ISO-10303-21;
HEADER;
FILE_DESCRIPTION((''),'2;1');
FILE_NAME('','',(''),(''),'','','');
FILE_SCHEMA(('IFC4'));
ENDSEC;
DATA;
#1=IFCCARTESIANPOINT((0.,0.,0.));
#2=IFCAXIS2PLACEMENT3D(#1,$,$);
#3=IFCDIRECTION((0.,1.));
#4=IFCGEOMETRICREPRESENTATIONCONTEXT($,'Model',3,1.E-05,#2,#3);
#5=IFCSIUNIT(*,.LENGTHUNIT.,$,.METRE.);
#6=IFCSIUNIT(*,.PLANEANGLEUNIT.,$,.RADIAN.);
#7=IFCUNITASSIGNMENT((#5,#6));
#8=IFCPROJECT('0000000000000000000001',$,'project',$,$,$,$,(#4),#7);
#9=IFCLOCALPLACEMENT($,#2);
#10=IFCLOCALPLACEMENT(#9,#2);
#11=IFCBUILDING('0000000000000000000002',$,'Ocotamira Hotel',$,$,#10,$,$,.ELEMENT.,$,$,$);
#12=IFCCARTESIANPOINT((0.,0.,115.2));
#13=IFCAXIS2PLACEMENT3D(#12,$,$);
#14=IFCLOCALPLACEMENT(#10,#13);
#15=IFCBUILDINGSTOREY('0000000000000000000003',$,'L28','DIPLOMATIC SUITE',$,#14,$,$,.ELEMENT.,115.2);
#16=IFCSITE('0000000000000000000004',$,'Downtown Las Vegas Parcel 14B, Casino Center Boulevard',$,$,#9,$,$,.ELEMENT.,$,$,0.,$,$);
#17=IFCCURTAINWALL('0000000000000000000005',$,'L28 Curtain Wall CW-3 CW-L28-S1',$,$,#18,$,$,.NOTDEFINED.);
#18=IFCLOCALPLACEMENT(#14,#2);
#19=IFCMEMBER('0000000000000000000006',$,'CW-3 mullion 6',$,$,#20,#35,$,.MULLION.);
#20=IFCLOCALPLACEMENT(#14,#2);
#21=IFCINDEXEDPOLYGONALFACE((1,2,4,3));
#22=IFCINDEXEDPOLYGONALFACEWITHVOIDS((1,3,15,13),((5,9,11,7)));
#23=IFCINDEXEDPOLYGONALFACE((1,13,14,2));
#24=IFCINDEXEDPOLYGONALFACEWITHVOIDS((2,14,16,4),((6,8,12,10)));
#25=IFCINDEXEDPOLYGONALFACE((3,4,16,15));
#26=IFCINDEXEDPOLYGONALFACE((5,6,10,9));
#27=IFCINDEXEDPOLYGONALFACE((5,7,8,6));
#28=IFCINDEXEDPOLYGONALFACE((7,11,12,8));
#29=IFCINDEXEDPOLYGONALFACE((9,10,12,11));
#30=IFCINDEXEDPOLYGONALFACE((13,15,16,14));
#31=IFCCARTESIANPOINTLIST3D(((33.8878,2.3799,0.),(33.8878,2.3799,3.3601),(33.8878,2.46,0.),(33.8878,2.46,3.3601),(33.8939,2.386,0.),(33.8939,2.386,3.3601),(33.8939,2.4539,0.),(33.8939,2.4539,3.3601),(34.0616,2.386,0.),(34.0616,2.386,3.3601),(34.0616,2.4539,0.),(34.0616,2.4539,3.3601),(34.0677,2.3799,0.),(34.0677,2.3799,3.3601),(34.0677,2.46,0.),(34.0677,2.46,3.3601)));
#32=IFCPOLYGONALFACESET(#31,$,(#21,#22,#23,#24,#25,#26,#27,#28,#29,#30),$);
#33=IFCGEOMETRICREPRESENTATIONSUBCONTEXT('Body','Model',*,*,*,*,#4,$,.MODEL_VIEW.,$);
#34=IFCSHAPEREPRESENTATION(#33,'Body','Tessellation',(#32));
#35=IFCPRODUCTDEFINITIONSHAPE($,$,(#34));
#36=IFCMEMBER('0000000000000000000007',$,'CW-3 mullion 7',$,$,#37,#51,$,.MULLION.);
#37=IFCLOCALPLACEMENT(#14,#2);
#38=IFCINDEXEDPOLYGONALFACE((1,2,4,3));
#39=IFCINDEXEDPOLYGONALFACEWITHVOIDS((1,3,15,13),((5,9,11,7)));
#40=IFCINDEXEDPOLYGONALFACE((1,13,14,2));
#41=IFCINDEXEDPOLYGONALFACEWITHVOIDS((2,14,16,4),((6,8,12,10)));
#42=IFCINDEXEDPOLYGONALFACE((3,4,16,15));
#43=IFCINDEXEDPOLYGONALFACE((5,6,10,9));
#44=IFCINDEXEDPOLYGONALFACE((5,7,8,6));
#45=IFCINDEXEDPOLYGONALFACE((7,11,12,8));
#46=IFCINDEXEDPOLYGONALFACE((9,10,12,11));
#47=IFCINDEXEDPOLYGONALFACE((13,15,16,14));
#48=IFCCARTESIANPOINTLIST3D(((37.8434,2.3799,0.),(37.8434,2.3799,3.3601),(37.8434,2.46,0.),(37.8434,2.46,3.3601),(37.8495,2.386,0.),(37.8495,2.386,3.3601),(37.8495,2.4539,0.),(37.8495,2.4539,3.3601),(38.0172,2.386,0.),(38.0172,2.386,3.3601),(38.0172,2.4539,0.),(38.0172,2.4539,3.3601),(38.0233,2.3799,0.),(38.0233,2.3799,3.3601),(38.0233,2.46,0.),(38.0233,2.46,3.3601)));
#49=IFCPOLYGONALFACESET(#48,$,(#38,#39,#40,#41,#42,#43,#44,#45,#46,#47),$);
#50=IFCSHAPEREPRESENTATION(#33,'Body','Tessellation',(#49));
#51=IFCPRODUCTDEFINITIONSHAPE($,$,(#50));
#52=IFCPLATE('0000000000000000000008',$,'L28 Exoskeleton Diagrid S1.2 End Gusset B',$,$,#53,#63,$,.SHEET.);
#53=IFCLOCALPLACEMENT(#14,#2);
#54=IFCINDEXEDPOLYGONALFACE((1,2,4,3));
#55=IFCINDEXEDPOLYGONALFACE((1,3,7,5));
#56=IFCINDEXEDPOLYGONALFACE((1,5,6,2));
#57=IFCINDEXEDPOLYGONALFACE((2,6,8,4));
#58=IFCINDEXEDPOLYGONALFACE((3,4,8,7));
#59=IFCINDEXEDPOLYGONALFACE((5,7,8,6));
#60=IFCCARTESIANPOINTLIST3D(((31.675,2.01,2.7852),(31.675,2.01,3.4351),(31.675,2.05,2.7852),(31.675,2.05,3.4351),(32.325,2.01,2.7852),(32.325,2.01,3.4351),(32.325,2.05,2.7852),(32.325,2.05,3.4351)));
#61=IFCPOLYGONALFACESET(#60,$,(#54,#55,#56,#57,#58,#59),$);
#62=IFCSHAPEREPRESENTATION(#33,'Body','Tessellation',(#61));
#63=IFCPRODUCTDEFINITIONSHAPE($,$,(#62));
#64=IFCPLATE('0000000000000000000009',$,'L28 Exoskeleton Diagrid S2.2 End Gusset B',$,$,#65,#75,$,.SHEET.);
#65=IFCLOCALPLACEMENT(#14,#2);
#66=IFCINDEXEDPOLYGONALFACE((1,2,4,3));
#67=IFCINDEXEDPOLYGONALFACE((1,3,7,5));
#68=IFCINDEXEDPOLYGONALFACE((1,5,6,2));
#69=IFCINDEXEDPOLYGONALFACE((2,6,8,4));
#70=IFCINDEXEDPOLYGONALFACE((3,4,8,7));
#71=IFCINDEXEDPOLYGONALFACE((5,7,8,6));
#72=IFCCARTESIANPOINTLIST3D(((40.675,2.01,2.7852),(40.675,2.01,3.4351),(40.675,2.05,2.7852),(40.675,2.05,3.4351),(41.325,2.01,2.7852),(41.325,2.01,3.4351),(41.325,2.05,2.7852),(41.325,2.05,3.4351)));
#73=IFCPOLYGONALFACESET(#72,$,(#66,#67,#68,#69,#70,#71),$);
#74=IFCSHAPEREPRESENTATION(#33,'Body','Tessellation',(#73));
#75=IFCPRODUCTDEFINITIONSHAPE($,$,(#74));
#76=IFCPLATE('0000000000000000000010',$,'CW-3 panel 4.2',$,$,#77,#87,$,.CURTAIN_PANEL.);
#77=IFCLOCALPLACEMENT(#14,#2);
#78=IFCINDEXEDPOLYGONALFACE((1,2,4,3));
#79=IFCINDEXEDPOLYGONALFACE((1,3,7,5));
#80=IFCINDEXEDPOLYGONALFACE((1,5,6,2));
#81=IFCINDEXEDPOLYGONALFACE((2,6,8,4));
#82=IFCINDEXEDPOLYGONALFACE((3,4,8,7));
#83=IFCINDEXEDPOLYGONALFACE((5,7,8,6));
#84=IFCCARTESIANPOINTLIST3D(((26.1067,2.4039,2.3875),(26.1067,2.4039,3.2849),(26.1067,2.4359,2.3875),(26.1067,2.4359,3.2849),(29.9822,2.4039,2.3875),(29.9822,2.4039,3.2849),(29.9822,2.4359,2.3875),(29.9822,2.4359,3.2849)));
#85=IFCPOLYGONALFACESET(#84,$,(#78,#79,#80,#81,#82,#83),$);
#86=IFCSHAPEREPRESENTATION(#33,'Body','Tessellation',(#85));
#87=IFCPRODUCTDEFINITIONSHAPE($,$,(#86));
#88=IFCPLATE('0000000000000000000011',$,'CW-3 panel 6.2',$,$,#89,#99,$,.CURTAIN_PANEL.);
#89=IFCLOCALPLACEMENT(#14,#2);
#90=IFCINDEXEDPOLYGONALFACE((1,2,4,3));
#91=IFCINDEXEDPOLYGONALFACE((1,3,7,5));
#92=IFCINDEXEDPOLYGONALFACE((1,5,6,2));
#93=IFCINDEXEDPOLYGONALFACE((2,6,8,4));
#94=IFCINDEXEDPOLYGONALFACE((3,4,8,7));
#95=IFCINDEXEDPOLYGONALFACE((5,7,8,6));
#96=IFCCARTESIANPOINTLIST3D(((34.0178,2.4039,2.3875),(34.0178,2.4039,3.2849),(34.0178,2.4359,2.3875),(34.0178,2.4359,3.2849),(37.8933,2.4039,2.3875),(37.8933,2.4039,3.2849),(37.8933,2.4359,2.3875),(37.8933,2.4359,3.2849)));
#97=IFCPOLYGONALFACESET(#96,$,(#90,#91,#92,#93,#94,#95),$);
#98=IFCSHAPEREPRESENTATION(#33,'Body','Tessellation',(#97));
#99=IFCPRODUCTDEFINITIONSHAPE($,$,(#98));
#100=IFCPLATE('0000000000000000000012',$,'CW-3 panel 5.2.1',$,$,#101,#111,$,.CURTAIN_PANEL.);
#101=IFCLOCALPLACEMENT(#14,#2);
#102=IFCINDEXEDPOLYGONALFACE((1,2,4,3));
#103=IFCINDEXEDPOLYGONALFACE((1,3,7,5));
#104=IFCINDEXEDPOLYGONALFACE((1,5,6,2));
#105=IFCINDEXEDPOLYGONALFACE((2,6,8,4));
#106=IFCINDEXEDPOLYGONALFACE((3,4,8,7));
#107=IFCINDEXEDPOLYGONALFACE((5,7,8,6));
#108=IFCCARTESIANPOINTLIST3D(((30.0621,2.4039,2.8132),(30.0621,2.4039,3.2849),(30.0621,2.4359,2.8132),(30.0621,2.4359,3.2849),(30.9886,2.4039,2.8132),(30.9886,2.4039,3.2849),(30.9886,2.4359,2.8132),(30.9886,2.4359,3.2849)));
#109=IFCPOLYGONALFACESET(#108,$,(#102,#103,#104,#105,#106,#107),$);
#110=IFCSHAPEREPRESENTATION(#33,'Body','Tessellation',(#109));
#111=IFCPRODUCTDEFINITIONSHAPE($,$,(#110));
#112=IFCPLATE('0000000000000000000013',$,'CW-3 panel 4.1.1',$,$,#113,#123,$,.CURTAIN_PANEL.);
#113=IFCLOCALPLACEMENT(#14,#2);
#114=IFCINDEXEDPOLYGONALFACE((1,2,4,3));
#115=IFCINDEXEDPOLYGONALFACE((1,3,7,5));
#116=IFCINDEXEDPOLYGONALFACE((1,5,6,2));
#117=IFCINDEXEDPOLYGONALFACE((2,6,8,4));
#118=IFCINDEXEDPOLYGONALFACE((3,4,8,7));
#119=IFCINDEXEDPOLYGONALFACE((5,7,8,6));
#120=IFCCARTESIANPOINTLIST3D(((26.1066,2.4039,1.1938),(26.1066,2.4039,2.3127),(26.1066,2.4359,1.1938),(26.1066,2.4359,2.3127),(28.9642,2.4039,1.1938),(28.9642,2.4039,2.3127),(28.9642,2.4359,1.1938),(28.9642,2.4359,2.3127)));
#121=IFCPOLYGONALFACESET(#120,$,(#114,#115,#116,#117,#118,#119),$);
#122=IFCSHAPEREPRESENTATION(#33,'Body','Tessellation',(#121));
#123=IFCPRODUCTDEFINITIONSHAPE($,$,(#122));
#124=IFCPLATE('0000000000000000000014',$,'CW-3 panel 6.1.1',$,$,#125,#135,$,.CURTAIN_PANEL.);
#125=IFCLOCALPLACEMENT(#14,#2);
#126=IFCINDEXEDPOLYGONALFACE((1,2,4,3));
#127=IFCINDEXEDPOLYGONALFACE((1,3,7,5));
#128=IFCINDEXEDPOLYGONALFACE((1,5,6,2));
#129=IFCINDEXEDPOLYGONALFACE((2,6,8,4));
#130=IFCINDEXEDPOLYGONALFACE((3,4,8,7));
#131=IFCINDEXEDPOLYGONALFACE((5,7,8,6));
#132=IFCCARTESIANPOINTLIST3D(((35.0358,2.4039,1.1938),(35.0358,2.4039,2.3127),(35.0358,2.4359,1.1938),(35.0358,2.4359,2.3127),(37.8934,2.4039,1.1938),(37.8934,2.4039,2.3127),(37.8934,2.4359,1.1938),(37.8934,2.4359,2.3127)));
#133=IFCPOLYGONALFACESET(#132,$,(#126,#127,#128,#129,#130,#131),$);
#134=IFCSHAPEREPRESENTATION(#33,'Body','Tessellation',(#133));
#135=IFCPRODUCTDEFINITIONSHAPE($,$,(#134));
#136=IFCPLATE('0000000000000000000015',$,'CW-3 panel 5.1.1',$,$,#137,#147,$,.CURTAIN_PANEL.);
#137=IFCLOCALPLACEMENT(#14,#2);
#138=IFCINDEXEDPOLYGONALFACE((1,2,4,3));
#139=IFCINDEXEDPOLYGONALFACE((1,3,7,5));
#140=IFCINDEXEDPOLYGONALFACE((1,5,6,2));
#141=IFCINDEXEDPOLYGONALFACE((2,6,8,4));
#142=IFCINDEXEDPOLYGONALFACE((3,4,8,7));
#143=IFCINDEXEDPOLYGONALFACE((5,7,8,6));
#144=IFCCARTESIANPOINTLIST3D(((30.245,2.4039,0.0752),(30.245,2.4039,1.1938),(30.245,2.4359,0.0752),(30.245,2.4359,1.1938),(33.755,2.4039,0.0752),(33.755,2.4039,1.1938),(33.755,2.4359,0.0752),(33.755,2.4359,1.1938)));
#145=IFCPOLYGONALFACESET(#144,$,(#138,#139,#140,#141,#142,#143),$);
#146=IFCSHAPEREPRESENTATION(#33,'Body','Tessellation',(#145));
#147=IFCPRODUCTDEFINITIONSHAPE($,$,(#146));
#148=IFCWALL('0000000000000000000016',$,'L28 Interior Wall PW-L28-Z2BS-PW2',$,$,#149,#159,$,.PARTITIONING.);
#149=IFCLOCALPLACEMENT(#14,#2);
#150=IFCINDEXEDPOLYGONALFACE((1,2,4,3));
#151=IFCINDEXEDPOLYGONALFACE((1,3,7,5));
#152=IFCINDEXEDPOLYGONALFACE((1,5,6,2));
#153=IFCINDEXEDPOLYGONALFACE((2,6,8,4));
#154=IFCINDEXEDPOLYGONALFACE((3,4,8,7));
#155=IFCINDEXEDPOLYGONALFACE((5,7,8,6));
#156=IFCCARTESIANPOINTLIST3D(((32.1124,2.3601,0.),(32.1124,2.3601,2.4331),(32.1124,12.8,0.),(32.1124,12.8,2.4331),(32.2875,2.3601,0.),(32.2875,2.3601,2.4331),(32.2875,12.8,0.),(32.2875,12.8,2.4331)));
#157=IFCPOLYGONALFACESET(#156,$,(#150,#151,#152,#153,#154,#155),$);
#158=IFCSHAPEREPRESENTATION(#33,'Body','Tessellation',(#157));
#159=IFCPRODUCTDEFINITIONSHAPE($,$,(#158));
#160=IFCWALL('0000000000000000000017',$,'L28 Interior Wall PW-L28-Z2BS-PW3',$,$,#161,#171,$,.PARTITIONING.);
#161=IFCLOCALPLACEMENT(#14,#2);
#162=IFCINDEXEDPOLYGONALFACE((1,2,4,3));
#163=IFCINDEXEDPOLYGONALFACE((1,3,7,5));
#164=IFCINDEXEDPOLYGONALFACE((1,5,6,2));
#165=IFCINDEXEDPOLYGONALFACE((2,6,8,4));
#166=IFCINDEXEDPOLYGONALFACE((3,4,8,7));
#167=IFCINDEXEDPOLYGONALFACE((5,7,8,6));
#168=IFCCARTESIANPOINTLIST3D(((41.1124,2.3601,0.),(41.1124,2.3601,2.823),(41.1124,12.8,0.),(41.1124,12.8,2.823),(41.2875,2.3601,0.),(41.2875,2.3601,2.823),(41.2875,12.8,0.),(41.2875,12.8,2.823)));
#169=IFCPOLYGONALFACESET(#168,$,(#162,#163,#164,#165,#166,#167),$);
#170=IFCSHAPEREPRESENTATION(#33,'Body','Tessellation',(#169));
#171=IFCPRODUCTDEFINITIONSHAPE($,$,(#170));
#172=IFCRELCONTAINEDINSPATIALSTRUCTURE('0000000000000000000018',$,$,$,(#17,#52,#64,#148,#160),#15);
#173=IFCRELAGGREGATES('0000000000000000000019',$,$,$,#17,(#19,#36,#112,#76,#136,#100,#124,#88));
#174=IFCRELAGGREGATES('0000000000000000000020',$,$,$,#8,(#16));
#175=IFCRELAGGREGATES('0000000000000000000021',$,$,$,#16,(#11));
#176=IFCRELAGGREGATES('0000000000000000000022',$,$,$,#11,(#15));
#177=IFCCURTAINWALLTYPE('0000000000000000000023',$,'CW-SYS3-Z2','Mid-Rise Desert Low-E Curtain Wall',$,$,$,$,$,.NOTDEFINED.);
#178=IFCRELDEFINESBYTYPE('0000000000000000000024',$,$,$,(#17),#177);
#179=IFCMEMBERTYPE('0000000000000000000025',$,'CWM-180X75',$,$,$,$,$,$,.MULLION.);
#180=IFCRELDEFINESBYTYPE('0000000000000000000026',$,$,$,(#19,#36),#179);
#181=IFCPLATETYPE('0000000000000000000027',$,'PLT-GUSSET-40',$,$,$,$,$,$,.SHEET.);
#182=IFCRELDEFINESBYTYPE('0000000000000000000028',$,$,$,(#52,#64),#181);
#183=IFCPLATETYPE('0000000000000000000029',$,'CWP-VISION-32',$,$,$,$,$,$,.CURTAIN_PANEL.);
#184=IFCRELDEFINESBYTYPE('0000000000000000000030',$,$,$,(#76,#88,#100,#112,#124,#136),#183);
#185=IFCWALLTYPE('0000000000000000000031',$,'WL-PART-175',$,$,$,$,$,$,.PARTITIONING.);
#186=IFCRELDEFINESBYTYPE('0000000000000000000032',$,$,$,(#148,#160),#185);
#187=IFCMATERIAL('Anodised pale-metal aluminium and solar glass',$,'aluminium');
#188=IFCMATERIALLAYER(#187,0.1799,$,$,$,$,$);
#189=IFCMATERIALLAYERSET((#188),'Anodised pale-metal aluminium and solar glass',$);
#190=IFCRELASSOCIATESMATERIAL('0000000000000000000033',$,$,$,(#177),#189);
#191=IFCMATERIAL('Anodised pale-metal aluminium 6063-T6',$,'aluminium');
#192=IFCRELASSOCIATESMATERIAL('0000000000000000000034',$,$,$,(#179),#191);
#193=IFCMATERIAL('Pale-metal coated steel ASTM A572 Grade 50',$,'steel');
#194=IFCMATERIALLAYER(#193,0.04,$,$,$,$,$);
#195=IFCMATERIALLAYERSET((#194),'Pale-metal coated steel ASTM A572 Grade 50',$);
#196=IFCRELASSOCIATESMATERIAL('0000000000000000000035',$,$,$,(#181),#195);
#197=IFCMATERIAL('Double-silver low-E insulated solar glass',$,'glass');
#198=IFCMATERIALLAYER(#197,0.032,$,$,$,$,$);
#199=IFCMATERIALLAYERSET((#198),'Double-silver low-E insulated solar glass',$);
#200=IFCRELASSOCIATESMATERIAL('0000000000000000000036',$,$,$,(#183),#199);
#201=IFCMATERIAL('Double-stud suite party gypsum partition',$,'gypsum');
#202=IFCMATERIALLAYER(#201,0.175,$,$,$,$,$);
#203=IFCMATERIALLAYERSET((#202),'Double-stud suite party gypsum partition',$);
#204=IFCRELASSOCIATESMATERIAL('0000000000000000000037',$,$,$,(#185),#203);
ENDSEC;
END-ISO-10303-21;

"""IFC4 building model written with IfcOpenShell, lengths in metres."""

from ifc_helpers import new_model, si_unit, direction, frame, frame_2d, origin, origin_2d, place, context, subcontext, project, spatial, rectangle, hollow_rectangle, extrude, source, transform, mapped, material, layer, layer_set, material_profile, profile_set, type_object, element, aggregate, save


model = new_model("IFC4")

# Units and contexts
model_context = context("Model", 3, precision=1e-05, world=origin(), true_north=direction((0.0, 1.0)))
body_context = subcontext(model_context, "Body", "Model", "MODEL_VIEW")
ifc_project = project(units=[si_unit("LENGTHUNIT", "METRE"), si_unit("PLANEANGLEUNIT", "RADIAN")], contexts=[model_context])

# Site, building, storey
site_placement = place(None, origin())
site = spatial("IfcSite", under=ifc_project, at=site_placement, Name="Downtown Las Vegas Parcel 14B, Casino Center Boulevard", CompositionType="ELEMENT", RefElevation=0.0)
building_placement = place(site_placement, origin())
building = spatial("IfcBuilding", under=site, at=building_placement, Name="Ocotamira Hotel", CompositionType="ELEMENT")
storey_placement = place(building_placement, frame((0.0, 0.0, 115.2)))
storey = spatial("IfcBuildingStorey", under=building, at=storey_placement, Name="L28", Description="DIPLOMATIC SUITE", CompositionType="ELEMENT", Elevation=115.2)

# Curtain wall, members
ifc_material_1 = material(Name="Anodised pale-metal aluminium and solar glass", Category="aluminium")
ifc_layer_1 = layer(ifc_material_1, 0.1799)
ifc_layer_set_1 = layer_set([ifc_layer_1], Name="Anodised pale-metal aluminium and solar glass")
curtain_wall_type = type_object("IfcCurtainWallType", Name="CW-SYS3-Z2", Description="Mid-Rise Desert Low-E Curtain Wall", PredefinedType="NOTDEFINED", material=ifc_layer_set_1)
curtain_wall_placement = place(storey_placement, origin())
curtain_wall = element("IfcCurtainWall", 1, at=curtain_wall_placement, inside=storey, type_object=curtain_wall_type, Name="L28 Curtain Wall CW-3 CW-L28-S1", PredefinedType="NOTDEFINED")
ifc_material_2 = material(Name="Anodised pale-metal aluminium 6063-T6", Category="aluminium")
ifc_material_profile_1 = material_profile(ifc_material_2, hollow_rectangle(XDim=0.0801, YDim=0.1799, WallThickness=0.0061, at=origin_2d()), Name="HSS180X80X6")
ifc_profile_set_1 = profile_set([ifc_material_profile_1], Name="Anodised pale-metal aluminium 6063-T6")
member_type_1 = type_object("IfcMemberType", Name="CWM-180X75", PredefinedType="MULLION", material=ifc_profile_set_1)
shared_shape_1 = source(origin(), body_context, "Body", "SweptSolid", [
    extrude(hollow_rectangle(XDim=0.0801, YDim=0.1799, WallThickness=0.0061, at=origin_2d()), origin(), (0.0, 0.0, 1.0), 3.3601),
])
member_1_placement = place(storey_placement, frame((33.9778, 2.4199, 0.0), z_axis=(0.0, 0.0, 1.0), x_axis=(0.0, 1.0, 0.0)))
member_1 = element("IfcMember", 2, at=member_1_placement, type_object=member_type_1, Name="CW-3 mullion 6", PredefinedType="MULLION", context=body_context, shape_type="MappedRepresentation", body=[
    mapped(shared_shape_1, transform((0.0, 0.0, 0.0), scale=1.0)),
])
member_2_placement = place(storey_placement, frame((37.9333, 2.4199, 0.0), z_axis=(0.0, 0.0, 1.0), x_axis=(0.0, 1.0, 0.0)))
member_2 = element("IfcMember", 3, at=member_2_placement, type_object=member_type_1, Name="CW-3 mullion 7", PredefinedType="MULLION", context=body_context, shape_type="MappedRepresentation", body=[
    mapped(shared_shape_1, transform((0.0, 0.0, 0.0), scale=1.0)),
])

# Plates
ifc_material_3 = material(Name="Pale-metal coated steel ASTM A572 Grade 50", Category="steel")
ifc_layer_2 = layer(ifc_material_3, 0.04)
ifc_layer_set_2 = layer_set([ifc_layer_2], Name="Pale-metal coated steel ASTM A572 Grade 50")
plate_type_1 = type_object("IfcPlateType", Name="PLT-GUSSET-40", PredefinedType="SHEET", material=ifc_layer_set_2)
shared_shape_2 = source(origin(), body_context, "Body", "SweptSolid", [
    extrude(rectangle(XDim=0.6499, YDim=0.04, at=origin_2d()), origin(), (0.0, 0.0, 1.0), 0.6499),
])
for number, where, z_axis, x_axis, name in (
    (4, (32.0, 2.03, 2.7852), (0.0, 0.0, 1.0), (1.0, 0.0, 0.0), "L28 Exoskeleton Diagrid S1.2 End Gusset B"),
    (5, (41.0, 2.03, 2.7852), (0.0, 0.0, 1.0), (1.0, 0.0, 0.0), "L28 Exoskeleton Diagrid S2.2 End Gusset B"),
):
    element("IfcPlate", number, at=place(storey_placement, frame(where, z_axis=z_axis, x_axis=x_axis)), inside=storey, type_object=plate_type_1, Name=name, PredefinedType="SHEET", context=body_context, shape_type="MappedRepresentation", body=[
        mapped(shared_shape_2, transform((0.0, 0.0, 0.0), scale=1.0)),
    ])

# Plates
ifc_material_4 = material(Name="Double-silver low-E insulated solar glass", Category="glass")
ifc_layer_3 = layer(ifc_material_4, 0.032)
ifc_layer_set_3 = layer_set([ifc_layer_3], Name="Double-silver low-E insulated solar glass")
plate_type_2 = type_object("IfcPlateType", Name="CWP-VISION-32", PredefinedType="CURTAIN_PANEL", material=ifc_layer_set_3)
shared_shape_3 = source(origin(), body_context, "Body", "SweptSolid", [
    extrude(rectangle(XDim=3.8755, YDim=0.032, at=origin_2d()), origin(), (0.0, 0.0, 1.0), 0.8975),
])
plate_1_placement = place(storey_placement, frame((28.0444, 2.4199, 2.3875), z_axis=(0.0, 0.0, 1.0), x_axis=(1.0, 0.0, 0.0)))
plate_1 = element("IfcPlate", 6, at=plate_1_placement, type_object=plate_type_2, Name="CW-3 panel 4.2", PredefinedType="CURTAIN_PANEL", context=body_context, shape_type="MappedRepresentation", body=[
    mapped(shared_shape_3, transform((0.0, 0.0, 0.0), scale=1.0)),
])
plate_2_placement = place(storey_placement, frame((35.9556, 2.4199, 2.3875), z_axis=(0.0, 0.0, 1.0), x_axis=(1.0, 0.0, 0.0)))
plate_2 = element("IfcPlate", 7, at=plate_2_placement, type_object=plate_type_2, Name="CW-3 panel 6.2", PredefinedType="CURTAIN_PANEL", context=body_context, shape_type="MappedRepresentation", body=[
    mapped(shared_shape_3, transform((0.0, 0.0, 0.0), scale=1.0)),
])
shared_shape_4 = source(origin(), body_context, "Body", "SweptSolid", [
    extrude(rectangle(XDim=0.9265, YDim=0.032, at=origin_2d()), origin(), (0.0, 0.0, 1.0), 0.4717),
])
plate_3_placement = place(storey_placement, frame((30.5254, 2.4199, 2.8132), z_axis=(0.0, 0.0, 1.0), x_axis=(1.0, 0.0, 0.0)))
plate_3 = element("IfcPlate", 8, at=plate_3_placement, type_object=plate_type_2, Name="CW-3 panel 5.2.1", PredefinedType="CURTAIN_PANEL", context=body_context, shape_type="MappedRepresentation", body=[
    mapped(shared_shape_4, transform((0.0, 0.0, 0.0), scale=1.0)),
])
shared_shape_5 = source(origin(), body_context, "Body", "SweptSolid", [
    extrude(rectangle(XDim=2.8577, YDim=0.032, at=origin_2d()), origin(), (0.0, 0.0, 1.0), 1.1189),
])
plate_4_placement = place(storey_placement, frame((27.5354, 2.4199, 1.1938), z_axis=(0.0, 0.0, 1.0), x_axis=(1.0, 0.0, 0.0)))
plate_4 = element("IfcPlate", 9, at=plate_4_placement, type_object=plate_type_2, Name="CW-3 panel 4.1.1", PredefinedType="CURTAIN_PANEL", context=body_context, shape_type="MappedRepresentation", body=[
    mapped(shared_shape_5, transform((0.0, 0.0, 0.0), scale=1.0)),
])
plate_5_placement = place(storey_placement, frame((36.4646, 2.4199, 1.1938), z_axis=(0.0, 0.0, 1.0), x_axis=(1.0, 0.0, 0.0)))
plate_5 = element("IfcPlate", 10, at=plate_5_placement, type_object=plate_type_2, Name="CW-3 panel 6.1.1", PredefinedType="CURTAIN_PANEL", context=body_context, shape_type="MappedRepresentation", body=[
    mapped(shared_shape_5, transform((0.0, 0.0, 0.0), scale=1.0)),
])
shared_shape_6 = source(origin(), body_context, "Body", "SweptSolid", [
    extrude(rectangle(XDim=3.51, YDim=0.032, at=origin_2d()), origin(), (0.0, 0.0, 1.0), 1.1187),
])
plate_6_placement = place(storey_placement, frame((32.0, 2.4199, 0.0752), z_axis=(0.0, 0.0, 1.0), x_axis=(1.0, 0.0, 0.0)))
plate_6 = element("IfcPlate", 11, at=plate_6_placement, type_object=plate_type_2, Name="CW-3 panel 5.1.1", PredefinedType="CURTAIN_PANEL", context=body_context, shape_type="MappedRepresentation", body=[
    mapped(shared_shape_6, transform((0.0, 0.0, 0.0), scale=1.0)),
])
aggregate(curtain_wall, [member_1, member_2, plate_4, plate_1, plate_6, plate_3, plate_5, plate_2])

# Walls
ifc_material_5 = material(Name="Double-stud suite party gypsum partition", Category="gypsum")
ifc_layer_4 = layer(ifc_material_5, 0.175)
ifc_layer_set_4 = layer_set([ifc_layer_4], Name="Double-stud suite party gypsum partition")
wall_type = type_object("IfcWallType", Name="WL-PART-175", PredefinedType="PARTITIONING", material=ifc_layer_set_4)
wall_1_placement = place(storey_placement, frame((32.2, 2.3601, 0.0), z_axis=(0.0, 0.0, 1.0), x_axis=(0.0, 1.0, 0.0)))
element("IfcWall", 12, at=wall_1_placement, inside=storey, type_object=wall_type, Name="L28 Interior Wall PW-L28-Z2BS-PW2", PredefinedType="PARTITIONING", context=body_context, shape_type="SweptSolid", body=[
    extrude(rectangle(XDim=10.4399, YDim=0.175, at=frame_2d((5.22, 0.0))), origin(), (0.0, 0.0, 1.0), 2.4331),
])
wall_2_placement = place(storey_placement, frame((41.2, 2.3601, 0.0), z_axis=(0.0, 0.0, 1.0), x_axis=(0.0, 1.0, 0.0)))
element("IfcWall", 13, at=wall_2_placement, inside=storey, type_object=wall_type, Name="L28 Interior Wall PW-L28-Z2BS-PW3", PredefinedType="PARTITIONING", context=body_context, shape_type="SweptSolid", body=[
    extrude(rectangle(XDim=10.4399, YDim=0.175, at=frame_2d((5.22, 0.0))), origin(), (0.0, 0.0, 1.0), 2.823),
])

save(model, "model.ifc")
